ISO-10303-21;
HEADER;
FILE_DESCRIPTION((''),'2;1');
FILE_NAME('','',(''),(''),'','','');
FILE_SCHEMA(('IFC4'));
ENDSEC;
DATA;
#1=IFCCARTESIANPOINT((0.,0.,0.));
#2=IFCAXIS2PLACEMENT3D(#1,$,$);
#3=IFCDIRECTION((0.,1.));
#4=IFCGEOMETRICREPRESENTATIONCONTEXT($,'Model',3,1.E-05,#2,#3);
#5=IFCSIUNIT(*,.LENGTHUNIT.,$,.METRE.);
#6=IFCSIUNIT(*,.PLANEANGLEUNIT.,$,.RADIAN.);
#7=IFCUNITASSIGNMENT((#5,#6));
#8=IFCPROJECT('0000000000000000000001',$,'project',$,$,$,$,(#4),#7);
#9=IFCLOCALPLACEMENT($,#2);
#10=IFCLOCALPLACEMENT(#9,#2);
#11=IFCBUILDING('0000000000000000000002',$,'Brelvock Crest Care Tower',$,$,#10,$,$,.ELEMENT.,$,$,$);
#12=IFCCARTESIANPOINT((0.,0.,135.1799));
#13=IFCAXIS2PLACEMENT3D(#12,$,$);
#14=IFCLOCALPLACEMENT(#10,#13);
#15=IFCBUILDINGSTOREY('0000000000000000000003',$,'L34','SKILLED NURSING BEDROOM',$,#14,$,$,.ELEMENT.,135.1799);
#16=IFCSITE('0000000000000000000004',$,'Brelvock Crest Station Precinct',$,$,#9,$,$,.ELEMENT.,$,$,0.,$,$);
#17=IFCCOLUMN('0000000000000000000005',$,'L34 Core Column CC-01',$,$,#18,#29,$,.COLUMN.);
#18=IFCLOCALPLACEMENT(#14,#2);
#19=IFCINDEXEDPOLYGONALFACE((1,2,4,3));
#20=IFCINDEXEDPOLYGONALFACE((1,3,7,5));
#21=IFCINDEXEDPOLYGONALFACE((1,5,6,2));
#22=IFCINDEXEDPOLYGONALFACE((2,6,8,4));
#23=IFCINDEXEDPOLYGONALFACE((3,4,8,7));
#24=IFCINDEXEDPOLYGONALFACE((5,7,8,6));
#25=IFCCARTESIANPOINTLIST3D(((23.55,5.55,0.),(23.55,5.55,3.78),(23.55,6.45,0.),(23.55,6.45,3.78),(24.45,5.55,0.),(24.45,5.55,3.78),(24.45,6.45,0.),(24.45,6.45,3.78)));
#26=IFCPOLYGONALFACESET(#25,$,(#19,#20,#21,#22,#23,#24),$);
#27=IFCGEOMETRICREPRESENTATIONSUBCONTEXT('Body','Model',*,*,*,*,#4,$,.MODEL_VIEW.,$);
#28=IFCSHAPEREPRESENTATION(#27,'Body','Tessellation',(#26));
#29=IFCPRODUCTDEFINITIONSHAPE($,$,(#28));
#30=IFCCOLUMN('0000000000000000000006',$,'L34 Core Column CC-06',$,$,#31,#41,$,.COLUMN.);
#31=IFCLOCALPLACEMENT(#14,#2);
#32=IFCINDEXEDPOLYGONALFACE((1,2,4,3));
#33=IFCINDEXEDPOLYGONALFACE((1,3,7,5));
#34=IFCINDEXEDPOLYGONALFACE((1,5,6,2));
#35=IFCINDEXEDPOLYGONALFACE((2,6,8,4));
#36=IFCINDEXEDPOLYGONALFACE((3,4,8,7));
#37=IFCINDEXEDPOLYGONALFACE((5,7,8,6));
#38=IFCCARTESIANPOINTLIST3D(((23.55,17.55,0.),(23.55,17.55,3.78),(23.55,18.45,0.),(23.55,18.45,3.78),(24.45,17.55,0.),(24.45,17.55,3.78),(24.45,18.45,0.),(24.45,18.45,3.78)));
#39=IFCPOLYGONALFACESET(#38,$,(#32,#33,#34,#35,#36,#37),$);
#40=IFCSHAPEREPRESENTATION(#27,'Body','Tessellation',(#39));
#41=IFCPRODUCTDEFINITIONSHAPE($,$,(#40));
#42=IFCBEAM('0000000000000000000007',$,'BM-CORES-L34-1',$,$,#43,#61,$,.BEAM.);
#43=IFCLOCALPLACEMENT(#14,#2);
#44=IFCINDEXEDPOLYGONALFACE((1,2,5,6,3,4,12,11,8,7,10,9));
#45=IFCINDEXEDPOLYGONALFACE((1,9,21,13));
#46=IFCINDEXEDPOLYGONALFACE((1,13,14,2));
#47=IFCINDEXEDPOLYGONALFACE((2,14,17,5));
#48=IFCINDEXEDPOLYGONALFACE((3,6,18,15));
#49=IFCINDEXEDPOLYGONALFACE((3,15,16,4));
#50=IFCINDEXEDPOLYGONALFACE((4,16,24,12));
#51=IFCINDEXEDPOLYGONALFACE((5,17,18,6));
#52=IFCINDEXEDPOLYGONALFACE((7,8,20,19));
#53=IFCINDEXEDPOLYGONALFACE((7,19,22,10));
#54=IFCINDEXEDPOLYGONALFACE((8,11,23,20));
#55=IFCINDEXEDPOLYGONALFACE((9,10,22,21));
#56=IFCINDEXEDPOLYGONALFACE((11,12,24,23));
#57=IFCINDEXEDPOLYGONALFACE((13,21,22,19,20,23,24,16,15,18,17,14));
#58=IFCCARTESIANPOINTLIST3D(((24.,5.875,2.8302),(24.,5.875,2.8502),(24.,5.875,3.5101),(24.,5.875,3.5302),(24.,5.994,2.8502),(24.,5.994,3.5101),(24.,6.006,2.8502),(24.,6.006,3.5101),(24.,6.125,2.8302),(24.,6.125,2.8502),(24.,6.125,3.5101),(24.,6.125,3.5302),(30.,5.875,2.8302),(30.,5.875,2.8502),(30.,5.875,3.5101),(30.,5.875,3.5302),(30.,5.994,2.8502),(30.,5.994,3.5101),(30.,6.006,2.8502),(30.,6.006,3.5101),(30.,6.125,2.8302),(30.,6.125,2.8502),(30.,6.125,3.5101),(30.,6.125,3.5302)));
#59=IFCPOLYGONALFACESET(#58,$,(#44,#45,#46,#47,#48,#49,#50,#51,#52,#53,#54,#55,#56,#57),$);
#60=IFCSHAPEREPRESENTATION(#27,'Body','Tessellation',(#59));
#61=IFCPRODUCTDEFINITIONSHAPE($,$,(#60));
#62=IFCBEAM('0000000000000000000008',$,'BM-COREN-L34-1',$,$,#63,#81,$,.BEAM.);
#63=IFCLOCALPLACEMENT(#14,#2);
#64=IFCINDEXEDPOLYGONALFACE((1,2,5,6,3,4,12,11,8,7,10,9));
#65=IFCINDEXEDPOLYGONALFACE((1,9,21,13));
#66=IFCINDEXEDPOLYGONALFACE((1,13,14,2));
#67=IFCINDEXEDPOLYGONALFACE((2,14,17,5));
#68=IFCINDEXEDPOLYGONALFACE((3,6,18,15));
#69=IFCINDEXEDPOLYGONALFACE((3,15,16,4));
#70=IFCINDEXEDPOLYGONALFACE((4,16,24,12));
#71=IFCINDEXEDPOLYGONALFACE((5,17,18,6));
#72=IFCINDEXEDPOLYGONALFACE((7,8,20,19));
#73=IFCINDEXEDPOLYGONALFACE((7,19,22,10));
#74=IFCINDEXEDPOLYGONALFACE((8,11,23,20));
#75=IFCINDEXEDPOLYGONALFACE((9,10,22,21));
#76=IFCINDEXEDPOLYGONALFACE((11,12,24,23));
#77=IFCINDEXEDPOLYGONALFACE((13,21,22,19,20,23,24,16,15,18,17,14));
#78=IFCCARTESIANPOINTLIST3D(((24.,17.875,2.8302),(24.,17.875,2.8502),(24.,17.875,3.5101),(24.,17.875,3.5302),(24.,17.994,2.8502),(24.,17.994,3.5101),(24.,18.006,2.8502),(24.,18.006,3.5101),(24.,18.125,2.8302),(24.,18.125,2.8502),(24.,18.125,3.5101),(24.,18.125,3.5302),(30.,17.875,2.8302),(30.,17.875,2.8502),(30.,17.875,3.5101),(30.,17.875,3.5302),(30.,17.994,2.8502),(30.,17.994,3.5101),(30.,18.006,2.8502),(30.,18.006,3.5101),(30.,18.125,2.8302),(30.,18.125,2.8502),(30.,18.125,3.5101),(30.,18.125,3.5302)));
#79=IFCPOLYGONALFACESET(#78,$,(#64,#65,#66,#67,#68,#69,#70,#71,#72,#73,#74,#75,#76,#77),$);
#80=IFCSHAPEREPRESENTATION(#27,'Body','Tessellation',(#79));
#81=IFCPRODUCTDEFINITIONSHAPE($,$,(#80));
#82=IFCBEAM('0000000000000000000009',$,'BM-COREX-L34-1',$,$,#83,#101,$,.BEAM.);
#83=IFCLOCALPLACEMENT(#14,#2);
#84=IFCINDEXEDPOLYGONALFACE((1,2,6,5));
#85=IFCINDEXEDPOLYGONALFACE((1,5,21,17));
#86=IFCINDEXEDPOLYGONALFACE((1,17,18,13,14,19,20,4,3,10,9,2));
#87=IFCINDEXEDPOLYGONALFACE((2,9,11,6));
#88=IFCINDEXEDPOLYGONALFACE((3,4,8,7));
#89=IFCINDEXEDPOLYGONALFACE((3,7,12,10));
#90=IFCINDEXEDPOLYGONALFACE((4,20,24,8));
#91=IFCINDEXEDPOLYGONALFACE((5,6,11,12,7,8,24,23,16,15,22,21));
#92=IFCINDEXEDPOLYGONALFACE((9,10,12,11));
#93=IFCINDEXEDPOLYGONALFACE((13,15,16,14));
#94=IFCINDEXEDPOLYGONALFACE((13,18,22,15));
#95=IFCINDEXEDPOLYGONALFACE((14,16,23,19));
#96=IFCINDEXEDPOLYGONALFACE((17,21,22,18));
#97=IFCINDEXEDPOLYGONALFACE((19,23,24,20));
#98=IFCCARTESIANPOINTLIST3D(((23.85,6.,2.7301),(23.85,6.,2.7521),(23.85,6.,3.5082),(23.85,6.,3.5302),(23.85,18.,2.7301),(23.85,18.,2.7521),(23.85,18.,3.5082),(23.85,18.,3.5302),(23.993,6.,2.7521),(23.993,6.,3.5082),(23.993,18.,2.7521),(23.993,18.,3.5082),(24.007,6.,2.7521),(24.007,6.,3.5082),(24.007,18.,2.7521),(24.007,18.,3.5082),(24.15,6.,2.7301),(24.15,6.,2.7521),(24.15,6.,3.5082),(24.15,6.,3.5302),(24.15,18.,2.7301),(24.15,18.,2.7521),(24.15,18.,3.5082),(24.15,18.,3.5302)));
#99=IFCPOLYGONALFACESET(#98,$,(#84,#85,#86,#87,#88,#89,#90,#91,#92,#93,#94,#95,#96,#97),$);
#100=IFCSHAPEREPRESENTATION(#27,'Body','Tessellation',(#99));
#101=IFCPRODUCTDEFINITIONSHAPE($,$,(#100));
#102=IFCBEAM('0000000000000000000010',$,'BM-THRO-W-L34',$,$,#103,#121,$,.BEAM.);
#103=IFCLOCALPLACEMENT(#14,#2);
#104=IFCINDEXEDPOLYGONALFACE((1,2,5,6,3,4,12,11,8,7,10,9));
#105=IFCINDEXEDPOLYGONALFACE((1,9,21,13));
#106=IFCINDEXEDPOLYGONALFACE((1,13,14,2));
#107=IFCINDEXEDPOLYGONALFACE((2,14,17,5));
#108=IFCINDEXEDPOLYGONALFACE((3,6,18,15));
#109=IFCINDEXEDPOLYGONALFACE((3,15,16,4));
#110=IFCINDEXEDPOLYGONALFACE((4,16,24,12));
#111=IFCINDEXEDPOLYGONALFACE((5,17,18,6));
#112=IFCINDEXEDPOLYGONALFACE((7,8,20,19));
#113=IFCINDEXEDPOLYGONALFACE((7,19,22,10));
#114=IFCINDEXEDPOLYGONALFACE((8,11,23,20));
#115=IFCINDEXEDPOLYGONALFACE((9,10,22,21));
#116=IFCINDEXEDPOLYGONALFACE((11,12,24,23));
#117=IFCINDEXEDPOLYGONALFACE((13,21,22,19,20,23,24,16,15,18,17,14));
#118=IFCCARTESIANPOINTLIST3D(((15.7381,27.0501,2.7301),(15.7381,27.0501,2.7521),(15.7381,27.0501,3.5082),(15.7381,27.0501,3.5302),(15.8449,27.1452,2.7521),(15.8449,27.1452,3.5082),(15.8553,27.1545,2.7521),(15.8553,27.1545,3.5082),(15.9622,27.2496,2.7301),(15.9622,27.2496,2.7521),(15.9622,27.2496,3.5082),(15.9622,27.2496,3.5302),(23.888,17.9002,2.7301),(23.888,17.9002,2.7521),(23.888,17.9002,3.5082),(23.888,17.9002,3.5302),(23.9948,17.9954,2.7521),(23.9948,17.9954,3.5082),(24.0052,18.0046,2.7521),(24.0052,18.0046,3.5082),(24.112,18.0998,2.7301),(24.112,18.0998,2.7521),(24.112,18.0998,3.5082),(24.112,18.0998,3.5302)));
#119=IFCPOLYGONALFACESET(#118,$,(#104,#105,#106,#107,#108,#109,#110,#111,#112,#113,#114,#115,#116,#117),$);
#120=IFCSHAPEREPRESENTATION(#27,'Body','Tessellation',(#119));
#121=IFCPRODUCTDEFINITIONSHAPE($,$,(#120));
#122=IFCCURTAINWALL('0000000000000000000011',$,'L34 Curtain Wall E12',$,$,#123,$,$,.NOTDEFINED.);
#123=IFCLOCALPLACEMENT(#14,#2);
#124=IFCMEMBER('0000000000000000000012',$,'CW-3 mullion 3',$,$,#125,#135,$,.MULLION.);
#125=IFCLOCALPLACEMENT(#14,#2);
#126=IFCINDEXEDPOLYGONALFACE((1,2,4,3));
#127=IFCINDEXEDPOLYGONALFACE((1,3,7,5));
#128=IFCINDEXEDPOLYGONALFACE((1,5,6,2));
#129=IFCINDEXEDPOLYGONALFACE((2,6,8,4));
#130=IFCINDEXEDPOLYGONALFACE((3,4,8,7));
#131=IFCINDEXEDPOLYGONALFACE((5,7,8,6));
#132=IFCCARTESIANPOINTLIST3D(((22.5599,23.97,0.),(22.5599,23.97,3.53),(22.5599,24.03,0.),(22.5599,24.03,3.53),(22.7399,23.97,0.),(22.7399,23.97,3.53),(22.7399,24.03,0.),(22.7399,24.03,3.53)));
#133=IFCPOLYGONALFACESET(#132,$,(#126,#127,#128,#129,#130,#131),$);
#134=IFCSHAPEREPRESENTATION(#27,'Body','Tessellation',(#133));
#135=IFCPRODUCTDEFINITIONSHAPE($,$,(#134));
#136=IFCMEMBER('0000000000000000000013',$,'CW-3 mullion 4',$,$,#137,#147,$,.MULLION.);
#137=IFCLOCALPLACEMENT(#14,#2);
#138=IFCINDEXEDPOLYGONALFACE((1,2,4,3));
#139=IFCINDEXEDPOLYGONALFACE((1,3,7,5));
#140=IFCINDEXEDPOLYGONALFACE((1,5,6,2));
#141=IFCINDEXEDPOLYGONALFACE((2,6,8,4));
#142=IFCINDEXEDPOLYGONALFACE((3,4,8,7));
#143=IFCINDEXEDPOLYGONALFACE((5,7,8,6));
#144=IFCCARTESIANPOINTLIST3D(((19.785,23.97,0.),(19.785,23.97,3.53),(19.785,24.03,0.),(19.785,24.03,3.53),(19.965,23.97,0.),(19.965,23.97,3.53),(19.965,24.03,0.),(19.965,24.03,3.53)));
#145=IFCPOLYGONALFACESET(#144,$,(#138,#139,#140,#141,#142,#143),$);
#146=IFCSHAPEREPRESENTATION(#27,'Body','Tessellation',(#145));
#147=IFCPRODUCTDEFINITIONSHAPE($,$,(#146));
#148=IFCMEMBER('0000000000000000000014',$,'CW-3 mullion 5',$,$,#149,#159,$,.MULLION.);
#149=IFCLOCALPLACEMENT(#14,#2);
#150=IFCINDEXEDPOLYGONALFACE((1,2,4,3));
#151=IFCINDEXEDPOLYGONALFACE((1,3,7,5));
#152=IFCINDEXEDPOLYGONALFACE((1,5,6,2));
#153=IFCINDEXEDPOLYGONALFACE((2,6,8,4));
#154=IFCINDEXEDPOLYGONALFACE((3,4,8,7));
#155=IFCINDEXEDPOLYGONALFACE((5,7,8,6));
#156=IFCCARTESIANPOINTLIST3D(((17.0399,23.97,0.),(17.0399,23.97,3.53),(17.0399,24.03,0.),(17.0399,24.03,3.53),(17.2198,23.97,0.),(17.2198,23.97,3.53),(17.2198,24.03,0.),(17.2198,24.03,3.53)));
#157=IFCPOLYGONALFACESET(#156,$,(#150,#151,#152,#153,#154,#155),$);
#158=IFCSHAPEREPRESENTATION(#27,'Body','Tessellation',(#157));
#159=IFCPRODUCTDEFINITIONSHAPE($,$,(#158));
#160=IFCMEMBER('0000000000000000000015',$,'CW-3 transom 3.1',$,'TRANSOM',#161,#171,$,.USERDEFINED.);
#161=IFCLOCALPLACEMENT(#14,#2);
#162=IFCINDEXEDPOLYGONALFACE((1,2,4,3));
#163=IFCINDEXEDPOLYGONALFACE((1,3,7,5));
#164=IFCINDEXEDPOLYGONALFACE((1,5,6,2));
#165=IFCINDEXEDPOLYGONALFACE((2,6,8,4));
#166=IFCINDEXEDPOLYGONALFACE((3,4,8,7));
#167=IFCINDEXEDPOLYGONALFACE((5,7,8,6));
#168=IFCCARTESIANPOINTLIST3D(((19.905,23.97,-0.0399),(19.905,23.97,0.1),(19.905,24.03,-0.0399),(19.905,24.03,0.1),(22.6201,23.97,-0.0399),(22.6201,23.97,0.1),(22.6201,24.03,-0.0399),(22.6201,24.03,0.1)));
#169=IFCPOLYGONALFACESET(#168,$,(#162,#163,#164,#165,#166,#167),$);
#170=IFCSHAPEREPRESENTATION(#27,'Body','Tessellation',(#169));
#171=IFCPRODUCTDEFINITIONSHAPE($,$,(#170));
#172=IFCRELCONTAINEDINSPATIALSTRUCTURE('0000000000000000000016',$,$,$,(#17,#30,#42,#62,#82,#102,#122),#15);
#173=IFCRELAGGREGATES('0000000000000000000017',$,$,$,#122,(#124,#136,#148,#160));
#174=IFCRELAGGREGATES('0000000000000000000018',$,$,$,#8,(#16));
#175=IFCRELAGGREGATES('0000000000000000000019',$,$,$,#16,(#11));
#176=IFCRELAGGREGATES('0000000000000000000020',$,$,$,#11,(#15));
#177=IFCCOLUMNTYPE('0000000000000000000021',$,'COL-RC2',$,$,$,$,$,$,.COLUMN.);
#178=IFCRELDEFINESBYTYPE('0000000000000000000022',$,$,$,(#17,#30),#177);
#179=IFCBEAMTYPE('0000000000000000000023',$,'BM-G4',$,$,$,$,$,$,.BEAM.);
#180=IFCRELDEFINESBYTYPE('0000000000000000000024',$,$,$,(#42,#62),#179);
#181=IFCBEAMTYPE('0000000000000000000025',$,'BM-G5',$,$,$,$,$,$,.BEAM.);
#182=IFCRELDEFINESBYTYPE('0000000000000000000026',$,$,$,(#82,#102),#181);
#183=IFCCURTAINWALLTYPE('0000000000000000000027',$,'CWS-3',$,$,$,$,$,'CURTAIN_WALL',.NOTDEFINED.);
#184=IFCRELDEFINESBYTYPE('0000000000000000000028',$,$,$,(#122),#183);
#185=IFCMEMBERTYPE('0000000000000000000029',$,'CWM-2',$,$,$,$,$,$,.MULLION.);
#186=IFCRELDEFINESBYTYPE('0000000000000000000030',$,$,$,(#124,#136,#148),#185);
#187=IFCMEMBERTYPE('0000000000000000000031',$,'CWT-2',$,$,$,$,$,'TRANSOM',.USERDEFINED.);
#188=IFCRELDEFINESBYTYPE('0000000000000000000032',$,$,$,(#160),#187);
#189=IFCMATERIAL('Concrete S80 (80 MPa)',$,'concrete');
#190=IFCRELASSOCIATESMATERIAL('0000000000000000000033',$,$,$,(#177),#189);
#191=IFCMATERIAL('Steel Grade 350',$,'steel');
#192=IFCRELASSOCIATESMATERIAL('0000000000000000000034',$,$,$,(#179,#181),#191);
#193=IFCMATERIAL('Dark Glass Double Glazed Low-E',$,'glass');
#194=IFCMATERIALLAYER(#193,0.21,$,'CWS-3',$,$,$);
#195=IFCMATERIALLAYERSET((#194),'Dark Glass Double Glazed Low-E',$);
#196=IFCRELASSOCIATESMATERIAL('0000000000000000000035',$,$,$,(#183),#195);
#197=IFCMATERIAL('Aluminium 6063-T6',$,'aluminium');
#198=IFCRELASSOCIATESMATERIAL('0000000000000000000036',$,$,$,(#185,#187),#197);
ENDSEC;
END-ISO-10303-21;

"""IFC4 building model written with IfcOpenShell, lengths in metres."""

from ifc_helpers import new_model, si_unit, direction, frame, origin, origin_2d, place, context, subcontext, project, spatial, rectangle, i_section, extrude, source, transform, mapped, material, layer, layer_set, material_profile, profile_set, type_object, element, aggregate, save


model = new_model("IFC4")

# Units and contexts
model_context = context("Model", 3, precision=1e-05, world=origin(), true_north=direction((0.0, 1.0)))
body_context = subcontext(model_context, "Body", "Model", "MODEL_VIEW")
ifc_project = project(units=[si_unit("LENGTHUNIT", "METRE"), si_unit("PLANEANGLEUNIT", "RADIAN")], contexts=[model_context])

# Site, building, storey
site_placement = place(None, origin())
site = spatial("IfcSite", under=ifc_project, at=site_placement, Name="Brelvock Crest Station Precinct", CompositionType="ELEMENT", RefElevation=0.0)
building_placement = place(site_placement, origin())
building = spatial("IfcBuilding", under=site, at=building_placement, Name="Brelvock Crest Care Tower", CompositionType="ELEMENT")
storey_placement = place(building_placement, frame((0.0, 0.0, 135.1799)))
storey = spatial("IfcBuildingStorey", under=building, at=storey_placement, Name="L34", Description="SKILLED NURSING BEDROOM", CompositionType="ELEMENT", Elevation=135.1799)

# Columns
ifc_material_1 = material(Name="Concrete S80 (80 MPa)", Category="concrete")
ifc_material_profile_1 = material_profile(ifc_material_1, rectangle(XDim=0.8999, YDim=0.8999, at=origin_2d()), Name="RC900x900")
ifc_profile_set_1 = profile_set([ifc_material_profile_1], Name="Concrete S80 (80 MPa)")
column_type = type_object("IfcColumnType", Name="COL-RC2", PredefinedType="COLUMN", material=ifc_profile_set_1)
shared_shape_1 = source(origin(), body_context, "Body", "SweptSolid", [
    extrude(rectangle(XDim=0.8999, YDim=0.8999, at=origin_2d()), origin(), (0.0, 0.0, 1.0), 3.78),
])
for number, where, z_axis, x_axis, name in (
    (1, (24.0, 6.0, 0.0), (0.0, 0.0, 1.0), (1.0, 0.0, 0.0), "L34 Core Column CC-01"),
    (2, (24.0, 18.0, 0.0), (0.0, 0.0, 1.0), (1.0, 0.0, 0.0), "L34 Core Column CC-06"),
):
    element("IfcColumn", number, at=place(storey_placement, frame(where, z_axis=z_axis, x_axis=x_axis)), inside=storey, type_object=column_type, Name=name, PredefinedType="COLUMN", context=body_context, shape_type="MappedRepresentation", body=[
        mapped(shared_shape_1, transform((0.0, 0.0, 0.0), x_axis=(1.0, 0.0, 0.0), y_axis=(0.0, 1.0, 0.0), z_axis=(0.0, 0.0, 1.0), scale=1.0)),
    ])

# Beams
ifc_material_2 = material(Name="Steel Grade 350", Category="steel")
ifc_material_profile_2 = material_profile(ifc_material_2, i_section(OverallWidth=0.25, OverallDepth=0.7, WebThickness=0.012, FlangeThickness=0.02, at=origin_2d()), Name="700WB150")
ifc_profile_set_2 = profile_set([ifc_material_profile_2], Name="Steel Grade 350")
beam_type_1 = type_object("IfcBeamType", Name="BM-G4", PredefinedType="BEAM", material=ifc_profile_set_2)
shared_shape_2 = source(origin(), body_context, "Body", "SweptSolid", [
    extrude(i_section(OverallWidth=0.25, OverallDepth=0.7, WebThickness=0.012, FlangeThickness=0.02, at=origin_2d()), origin(), (0.0, 0.0, 1.0), 6.0),
])
for number, where, z_axis, x_axis, name in (
    (3, (24.0, 6.0, 3.1802), (1.0, 0.0, 0.0), (0.0, 1.0, 0.0), "BM-CORES-L34-1"),
    (4, (24.0, 18.0, 3.1802), (1.0, 0.0, 0.0), (0.0, 1.0, 0.0), "BM-COREN-L34-1"),
):
    element("IfcBeam", number, at=place(storey_placement, frame(where, z_axis=z_axis, x_axis=x_axis)), inside=storey, type_object=beam_type_1, Name=name, PredefinedType="BEAM", context=body_context, shape_type="MappedRepresentation", body=[
        mapped(shared_shape_2, transform((0.0, 0.0, 0.0), x_axis=(1.0, 0.0, 0.0), y_axis=(0.0, 1.0, 0.0), z_axis=(0.0, 0.0, 1.0), scale=1.0)),
    ])
ifc_material_profile_3 = material_profile(ifc_material_2, i_section(OverallWidth=0.3, OverallDepth=0.8, WebThickness=0.0139, FlangeThickness=0.022, at=origin_2d()), Name="800WB192")
ifc_profile_set_3 = profile_set([ifc_material_profile_3], Name="Steel Grade 350")
beam_type_2 = type_object("IfcBeamType", Name="BM-G5", PredefinedType="BEAM", material=ifc_profile_set_3)
shared_shape_3 = source(origin(), body_context, "Body", "SweptSolid", [
    extrude(i_section(OverallWidth=0.3, OverallDepth=0.8, WebThickness=0.0139, FlangeThickness=0.022, at=origin_2d()), origin(), (0.0, 0.0, 1.0), 12.0),
])
beam_1_placement = place(storey_placement, frame((24.0, 6.0, 3.1301), z_axis=(0.0, 1.0, 0.0), x_axis=(-1.0, 0.0, 0.0)))
element("IfcBeam", 5, at=beam_1_placement, inside=storey, type_object=beam_type_2, Name="BM-COREX-L34-1", PredefinedType="BEAM", context=body_context, shape_type="MappedRepresentation", body=[
    mapped(shared_shape_3, transform((0.0, 0.0, 0.0), x_axis=(1.0, 0.0, 0.0), y_axis=(0.0, 1.0, 0.0), z_axis=(0.0, 0.0, 1.0), scale=1.0)),
])
shared_shape_4 = source(origin(), body_context, "Body", "SweptSolid", [
    extrude(i_section(OverallWidth=0.3, OverallDepth=0.8, WebThickness=0.0139, FlangeThickness=0.022, at=origin_2d()), origin(), (0.0, 0.0, 1.0), 12.2532),
])
beam_2_placement = place(storey_placement, frame((24.0, 18.0, 3.1301), z_axis=(-0.665123, 0.746734, 0.0), x_axis=(-0.746734, -0.665123, 0.0)))
element("IfcBeam", 6, at=beam_2_placement, inside=storey, type_object=beam_type_2, Name="BM-THRO-W-L34", PredefinedType="BEAM", context=body_context, shape_type="MappedRepresentation", body=[
    mapped(shared_shape_4, transform((0.0, 0.0, 0.0), x_axis=(1.0, 0.0, 0.0), y_axis=(0.0, 1.0, 0.0), z_axis=(0.0, 0.0, 1.0), scale=1.0)),
])

# Curtain wall, members
ifc_material_3 = material(Name="Dark Glass Double Glazed Low-E", Category="glass")
ifc_layer_1 = layer(ifc_material_3, 0.21, Name="CWS-3")
ifc_layer_set_1 = layer_set([ifc_layer_1], Name="Dark Glass Double Glazed Low-E")
curtain_wall_type = type_object("IfcCurtainWallType", Name="CWS-3", ElementType="CURTAIN_WALL", PredefinedType="NOTDEFINED", material=ifc_layer_set_1)
curtain_wall_placement = place(storey_placement, origin())
curtain_wall = element("IfcCurtainWall", 7, at=curtain_wall_placement, inside=storey, type_object=curtain_wall_type, Name="L34 Curtain Wall E12", PredefinedType="NOTDEFINED")
ifc_material_4 = material(Name="Aluminium 6063-T6", Category="aluminium")
ifc_material_profile_4 = material_profile(ifc_material_4, rectangle(XDim=0.0601, YDim=0.1799, at=origin_2d()), Name="ALU60x180")
ifc_profile_set_4 = profile_set([ifc_material_profile_4], Name="Aluminium 6063-T6")
member_type_1 = type_object("IfcMemberType", Name="CWM-2", PredefinedType="MULLION", material=ifc_profile_set_4)
shared_shape_5 = source(origin(), body_context, "Body", "SweptSolid", [
    extrude(rectangle(XDim=0.0601, YDim=0.1799, at=origin_2d()), origin(), (0.0, 0.0, 1.0), 3.53),
])
member_1_placement = place(storey_placement, frame((22.6499, 24.0, 0.0), z_axis=(0.0, 0.0, 1.0), x_axis=(0.0, -1.0, 0.0)))
member_1 = element("IfcMember", 8, at=member_1_placement, type_object=member_type_1, Name="CW-3 mullion 3", PredefinedType="MULLION", context=body_context, shape_type="MappedRepresentation", body=[
    mapped(shared_shape_5, transform((0.0, 0.0, 0.0), x_axis=(1.0, 0.0, 0.0), y_axis=(0.0, 1.0, 0.0), z_axis=(0.0, 0.0, 1.0), scale=1.0)),
])
member_2_placement = place(storey_placement, frame((19.875, 24.0, 0.0), z_axis=(0.0, 0.0, 1.0), x_axis=(0.0, -1.0, 0.0)))
member_2 = element("IfcMember", 9, at=member_2_placement, type_object=member_type_1, Name="CW-3 mullion 4", PredefinedType="MULLION", context=body_context, shape_type="MappedRepresentation", body=[
    mapped(shared_shape_5, transform((0.0, 0.0, 0.0), x_axis=(1.0, 0.0, 0.0), y_axis=(0.0, 1.0, 0.0), z_axis=(0.0, 0.0, 1.0), scale=1.0)),
])
member_3_placement = place(storey_placement, frame((17.1299, 24.0, 0.0), z_axis=(0.0, 0.0, 1.0), x_axis=(0.0, -1.0, 0.0)))
member_3 = element("IfcMember", 10, at=member_3_placement, type_object=member_type_1, Name="CW-3 mullion 5", PredefinedType="MULLION", context=body_context, shape_type="MappedRepresentation", body=[
    mapped(shared_shape_5, transform((0.0, 0.0, 0.0), x_axis=(1.0, 0.0, 0.0), y_axis=(0.0, 1.0, 0.0), z_axis=(0.0, 0.0, 1.0), scale=1.0)),
])
ifc_material_profile_5 = material_profile(ifc_material_4, rectangle(XDim=0.0601, YDim=0.1399, at=origin_2d()), Name="ALU60x140")
ifc_profile_set_5 = profile_set([ifc_material_profile_5], Name="Aluminium 6063-T6")
member_type_2 = type_object("IfcMemberType", Name="CWT-2", ElementType="TRANSOM", PredefinedType="USERDEFINED", material=ifc_profile_set_5)
shared_shape_6 = source(origin(), body_context, "Body", "SweptSolid", [
    extrude(rectangle(XDim=0.0601, YDim=0.1399, at=origin_2d()), origin(), (0.0, 0.0, 1.0), 2.7151),
])
member_4_placement = place(storey_placement, frame((22.6201, 24.0, 0.03), z_axis=(-1.0, 0.0, 0.0), x_axis=(0.0, -1.0, 0.0)))
member_4 = element("IfcMember", 11, at=member_4_placement, type_object=member_type_2, Name="CW-3 transom 3.1", ObjectType="TRANSOM", PredefinedType="USERDEFINED", context=body_context, shape_type="MappedRepresentation", body=[
    mapped(shared_shape_6, transform((0.0, 0.0, 0.0), x_axis=(1.0, 0.0, 0.0), y_axis=(0.0, 1.0, 0.0), z_axis=(0.0, 0.0, 1.0), scale=1.0)),
])

aggregate(curtain_wall, [member_1, member_2, member_3, member_4])

save(model, "model.ifc")
